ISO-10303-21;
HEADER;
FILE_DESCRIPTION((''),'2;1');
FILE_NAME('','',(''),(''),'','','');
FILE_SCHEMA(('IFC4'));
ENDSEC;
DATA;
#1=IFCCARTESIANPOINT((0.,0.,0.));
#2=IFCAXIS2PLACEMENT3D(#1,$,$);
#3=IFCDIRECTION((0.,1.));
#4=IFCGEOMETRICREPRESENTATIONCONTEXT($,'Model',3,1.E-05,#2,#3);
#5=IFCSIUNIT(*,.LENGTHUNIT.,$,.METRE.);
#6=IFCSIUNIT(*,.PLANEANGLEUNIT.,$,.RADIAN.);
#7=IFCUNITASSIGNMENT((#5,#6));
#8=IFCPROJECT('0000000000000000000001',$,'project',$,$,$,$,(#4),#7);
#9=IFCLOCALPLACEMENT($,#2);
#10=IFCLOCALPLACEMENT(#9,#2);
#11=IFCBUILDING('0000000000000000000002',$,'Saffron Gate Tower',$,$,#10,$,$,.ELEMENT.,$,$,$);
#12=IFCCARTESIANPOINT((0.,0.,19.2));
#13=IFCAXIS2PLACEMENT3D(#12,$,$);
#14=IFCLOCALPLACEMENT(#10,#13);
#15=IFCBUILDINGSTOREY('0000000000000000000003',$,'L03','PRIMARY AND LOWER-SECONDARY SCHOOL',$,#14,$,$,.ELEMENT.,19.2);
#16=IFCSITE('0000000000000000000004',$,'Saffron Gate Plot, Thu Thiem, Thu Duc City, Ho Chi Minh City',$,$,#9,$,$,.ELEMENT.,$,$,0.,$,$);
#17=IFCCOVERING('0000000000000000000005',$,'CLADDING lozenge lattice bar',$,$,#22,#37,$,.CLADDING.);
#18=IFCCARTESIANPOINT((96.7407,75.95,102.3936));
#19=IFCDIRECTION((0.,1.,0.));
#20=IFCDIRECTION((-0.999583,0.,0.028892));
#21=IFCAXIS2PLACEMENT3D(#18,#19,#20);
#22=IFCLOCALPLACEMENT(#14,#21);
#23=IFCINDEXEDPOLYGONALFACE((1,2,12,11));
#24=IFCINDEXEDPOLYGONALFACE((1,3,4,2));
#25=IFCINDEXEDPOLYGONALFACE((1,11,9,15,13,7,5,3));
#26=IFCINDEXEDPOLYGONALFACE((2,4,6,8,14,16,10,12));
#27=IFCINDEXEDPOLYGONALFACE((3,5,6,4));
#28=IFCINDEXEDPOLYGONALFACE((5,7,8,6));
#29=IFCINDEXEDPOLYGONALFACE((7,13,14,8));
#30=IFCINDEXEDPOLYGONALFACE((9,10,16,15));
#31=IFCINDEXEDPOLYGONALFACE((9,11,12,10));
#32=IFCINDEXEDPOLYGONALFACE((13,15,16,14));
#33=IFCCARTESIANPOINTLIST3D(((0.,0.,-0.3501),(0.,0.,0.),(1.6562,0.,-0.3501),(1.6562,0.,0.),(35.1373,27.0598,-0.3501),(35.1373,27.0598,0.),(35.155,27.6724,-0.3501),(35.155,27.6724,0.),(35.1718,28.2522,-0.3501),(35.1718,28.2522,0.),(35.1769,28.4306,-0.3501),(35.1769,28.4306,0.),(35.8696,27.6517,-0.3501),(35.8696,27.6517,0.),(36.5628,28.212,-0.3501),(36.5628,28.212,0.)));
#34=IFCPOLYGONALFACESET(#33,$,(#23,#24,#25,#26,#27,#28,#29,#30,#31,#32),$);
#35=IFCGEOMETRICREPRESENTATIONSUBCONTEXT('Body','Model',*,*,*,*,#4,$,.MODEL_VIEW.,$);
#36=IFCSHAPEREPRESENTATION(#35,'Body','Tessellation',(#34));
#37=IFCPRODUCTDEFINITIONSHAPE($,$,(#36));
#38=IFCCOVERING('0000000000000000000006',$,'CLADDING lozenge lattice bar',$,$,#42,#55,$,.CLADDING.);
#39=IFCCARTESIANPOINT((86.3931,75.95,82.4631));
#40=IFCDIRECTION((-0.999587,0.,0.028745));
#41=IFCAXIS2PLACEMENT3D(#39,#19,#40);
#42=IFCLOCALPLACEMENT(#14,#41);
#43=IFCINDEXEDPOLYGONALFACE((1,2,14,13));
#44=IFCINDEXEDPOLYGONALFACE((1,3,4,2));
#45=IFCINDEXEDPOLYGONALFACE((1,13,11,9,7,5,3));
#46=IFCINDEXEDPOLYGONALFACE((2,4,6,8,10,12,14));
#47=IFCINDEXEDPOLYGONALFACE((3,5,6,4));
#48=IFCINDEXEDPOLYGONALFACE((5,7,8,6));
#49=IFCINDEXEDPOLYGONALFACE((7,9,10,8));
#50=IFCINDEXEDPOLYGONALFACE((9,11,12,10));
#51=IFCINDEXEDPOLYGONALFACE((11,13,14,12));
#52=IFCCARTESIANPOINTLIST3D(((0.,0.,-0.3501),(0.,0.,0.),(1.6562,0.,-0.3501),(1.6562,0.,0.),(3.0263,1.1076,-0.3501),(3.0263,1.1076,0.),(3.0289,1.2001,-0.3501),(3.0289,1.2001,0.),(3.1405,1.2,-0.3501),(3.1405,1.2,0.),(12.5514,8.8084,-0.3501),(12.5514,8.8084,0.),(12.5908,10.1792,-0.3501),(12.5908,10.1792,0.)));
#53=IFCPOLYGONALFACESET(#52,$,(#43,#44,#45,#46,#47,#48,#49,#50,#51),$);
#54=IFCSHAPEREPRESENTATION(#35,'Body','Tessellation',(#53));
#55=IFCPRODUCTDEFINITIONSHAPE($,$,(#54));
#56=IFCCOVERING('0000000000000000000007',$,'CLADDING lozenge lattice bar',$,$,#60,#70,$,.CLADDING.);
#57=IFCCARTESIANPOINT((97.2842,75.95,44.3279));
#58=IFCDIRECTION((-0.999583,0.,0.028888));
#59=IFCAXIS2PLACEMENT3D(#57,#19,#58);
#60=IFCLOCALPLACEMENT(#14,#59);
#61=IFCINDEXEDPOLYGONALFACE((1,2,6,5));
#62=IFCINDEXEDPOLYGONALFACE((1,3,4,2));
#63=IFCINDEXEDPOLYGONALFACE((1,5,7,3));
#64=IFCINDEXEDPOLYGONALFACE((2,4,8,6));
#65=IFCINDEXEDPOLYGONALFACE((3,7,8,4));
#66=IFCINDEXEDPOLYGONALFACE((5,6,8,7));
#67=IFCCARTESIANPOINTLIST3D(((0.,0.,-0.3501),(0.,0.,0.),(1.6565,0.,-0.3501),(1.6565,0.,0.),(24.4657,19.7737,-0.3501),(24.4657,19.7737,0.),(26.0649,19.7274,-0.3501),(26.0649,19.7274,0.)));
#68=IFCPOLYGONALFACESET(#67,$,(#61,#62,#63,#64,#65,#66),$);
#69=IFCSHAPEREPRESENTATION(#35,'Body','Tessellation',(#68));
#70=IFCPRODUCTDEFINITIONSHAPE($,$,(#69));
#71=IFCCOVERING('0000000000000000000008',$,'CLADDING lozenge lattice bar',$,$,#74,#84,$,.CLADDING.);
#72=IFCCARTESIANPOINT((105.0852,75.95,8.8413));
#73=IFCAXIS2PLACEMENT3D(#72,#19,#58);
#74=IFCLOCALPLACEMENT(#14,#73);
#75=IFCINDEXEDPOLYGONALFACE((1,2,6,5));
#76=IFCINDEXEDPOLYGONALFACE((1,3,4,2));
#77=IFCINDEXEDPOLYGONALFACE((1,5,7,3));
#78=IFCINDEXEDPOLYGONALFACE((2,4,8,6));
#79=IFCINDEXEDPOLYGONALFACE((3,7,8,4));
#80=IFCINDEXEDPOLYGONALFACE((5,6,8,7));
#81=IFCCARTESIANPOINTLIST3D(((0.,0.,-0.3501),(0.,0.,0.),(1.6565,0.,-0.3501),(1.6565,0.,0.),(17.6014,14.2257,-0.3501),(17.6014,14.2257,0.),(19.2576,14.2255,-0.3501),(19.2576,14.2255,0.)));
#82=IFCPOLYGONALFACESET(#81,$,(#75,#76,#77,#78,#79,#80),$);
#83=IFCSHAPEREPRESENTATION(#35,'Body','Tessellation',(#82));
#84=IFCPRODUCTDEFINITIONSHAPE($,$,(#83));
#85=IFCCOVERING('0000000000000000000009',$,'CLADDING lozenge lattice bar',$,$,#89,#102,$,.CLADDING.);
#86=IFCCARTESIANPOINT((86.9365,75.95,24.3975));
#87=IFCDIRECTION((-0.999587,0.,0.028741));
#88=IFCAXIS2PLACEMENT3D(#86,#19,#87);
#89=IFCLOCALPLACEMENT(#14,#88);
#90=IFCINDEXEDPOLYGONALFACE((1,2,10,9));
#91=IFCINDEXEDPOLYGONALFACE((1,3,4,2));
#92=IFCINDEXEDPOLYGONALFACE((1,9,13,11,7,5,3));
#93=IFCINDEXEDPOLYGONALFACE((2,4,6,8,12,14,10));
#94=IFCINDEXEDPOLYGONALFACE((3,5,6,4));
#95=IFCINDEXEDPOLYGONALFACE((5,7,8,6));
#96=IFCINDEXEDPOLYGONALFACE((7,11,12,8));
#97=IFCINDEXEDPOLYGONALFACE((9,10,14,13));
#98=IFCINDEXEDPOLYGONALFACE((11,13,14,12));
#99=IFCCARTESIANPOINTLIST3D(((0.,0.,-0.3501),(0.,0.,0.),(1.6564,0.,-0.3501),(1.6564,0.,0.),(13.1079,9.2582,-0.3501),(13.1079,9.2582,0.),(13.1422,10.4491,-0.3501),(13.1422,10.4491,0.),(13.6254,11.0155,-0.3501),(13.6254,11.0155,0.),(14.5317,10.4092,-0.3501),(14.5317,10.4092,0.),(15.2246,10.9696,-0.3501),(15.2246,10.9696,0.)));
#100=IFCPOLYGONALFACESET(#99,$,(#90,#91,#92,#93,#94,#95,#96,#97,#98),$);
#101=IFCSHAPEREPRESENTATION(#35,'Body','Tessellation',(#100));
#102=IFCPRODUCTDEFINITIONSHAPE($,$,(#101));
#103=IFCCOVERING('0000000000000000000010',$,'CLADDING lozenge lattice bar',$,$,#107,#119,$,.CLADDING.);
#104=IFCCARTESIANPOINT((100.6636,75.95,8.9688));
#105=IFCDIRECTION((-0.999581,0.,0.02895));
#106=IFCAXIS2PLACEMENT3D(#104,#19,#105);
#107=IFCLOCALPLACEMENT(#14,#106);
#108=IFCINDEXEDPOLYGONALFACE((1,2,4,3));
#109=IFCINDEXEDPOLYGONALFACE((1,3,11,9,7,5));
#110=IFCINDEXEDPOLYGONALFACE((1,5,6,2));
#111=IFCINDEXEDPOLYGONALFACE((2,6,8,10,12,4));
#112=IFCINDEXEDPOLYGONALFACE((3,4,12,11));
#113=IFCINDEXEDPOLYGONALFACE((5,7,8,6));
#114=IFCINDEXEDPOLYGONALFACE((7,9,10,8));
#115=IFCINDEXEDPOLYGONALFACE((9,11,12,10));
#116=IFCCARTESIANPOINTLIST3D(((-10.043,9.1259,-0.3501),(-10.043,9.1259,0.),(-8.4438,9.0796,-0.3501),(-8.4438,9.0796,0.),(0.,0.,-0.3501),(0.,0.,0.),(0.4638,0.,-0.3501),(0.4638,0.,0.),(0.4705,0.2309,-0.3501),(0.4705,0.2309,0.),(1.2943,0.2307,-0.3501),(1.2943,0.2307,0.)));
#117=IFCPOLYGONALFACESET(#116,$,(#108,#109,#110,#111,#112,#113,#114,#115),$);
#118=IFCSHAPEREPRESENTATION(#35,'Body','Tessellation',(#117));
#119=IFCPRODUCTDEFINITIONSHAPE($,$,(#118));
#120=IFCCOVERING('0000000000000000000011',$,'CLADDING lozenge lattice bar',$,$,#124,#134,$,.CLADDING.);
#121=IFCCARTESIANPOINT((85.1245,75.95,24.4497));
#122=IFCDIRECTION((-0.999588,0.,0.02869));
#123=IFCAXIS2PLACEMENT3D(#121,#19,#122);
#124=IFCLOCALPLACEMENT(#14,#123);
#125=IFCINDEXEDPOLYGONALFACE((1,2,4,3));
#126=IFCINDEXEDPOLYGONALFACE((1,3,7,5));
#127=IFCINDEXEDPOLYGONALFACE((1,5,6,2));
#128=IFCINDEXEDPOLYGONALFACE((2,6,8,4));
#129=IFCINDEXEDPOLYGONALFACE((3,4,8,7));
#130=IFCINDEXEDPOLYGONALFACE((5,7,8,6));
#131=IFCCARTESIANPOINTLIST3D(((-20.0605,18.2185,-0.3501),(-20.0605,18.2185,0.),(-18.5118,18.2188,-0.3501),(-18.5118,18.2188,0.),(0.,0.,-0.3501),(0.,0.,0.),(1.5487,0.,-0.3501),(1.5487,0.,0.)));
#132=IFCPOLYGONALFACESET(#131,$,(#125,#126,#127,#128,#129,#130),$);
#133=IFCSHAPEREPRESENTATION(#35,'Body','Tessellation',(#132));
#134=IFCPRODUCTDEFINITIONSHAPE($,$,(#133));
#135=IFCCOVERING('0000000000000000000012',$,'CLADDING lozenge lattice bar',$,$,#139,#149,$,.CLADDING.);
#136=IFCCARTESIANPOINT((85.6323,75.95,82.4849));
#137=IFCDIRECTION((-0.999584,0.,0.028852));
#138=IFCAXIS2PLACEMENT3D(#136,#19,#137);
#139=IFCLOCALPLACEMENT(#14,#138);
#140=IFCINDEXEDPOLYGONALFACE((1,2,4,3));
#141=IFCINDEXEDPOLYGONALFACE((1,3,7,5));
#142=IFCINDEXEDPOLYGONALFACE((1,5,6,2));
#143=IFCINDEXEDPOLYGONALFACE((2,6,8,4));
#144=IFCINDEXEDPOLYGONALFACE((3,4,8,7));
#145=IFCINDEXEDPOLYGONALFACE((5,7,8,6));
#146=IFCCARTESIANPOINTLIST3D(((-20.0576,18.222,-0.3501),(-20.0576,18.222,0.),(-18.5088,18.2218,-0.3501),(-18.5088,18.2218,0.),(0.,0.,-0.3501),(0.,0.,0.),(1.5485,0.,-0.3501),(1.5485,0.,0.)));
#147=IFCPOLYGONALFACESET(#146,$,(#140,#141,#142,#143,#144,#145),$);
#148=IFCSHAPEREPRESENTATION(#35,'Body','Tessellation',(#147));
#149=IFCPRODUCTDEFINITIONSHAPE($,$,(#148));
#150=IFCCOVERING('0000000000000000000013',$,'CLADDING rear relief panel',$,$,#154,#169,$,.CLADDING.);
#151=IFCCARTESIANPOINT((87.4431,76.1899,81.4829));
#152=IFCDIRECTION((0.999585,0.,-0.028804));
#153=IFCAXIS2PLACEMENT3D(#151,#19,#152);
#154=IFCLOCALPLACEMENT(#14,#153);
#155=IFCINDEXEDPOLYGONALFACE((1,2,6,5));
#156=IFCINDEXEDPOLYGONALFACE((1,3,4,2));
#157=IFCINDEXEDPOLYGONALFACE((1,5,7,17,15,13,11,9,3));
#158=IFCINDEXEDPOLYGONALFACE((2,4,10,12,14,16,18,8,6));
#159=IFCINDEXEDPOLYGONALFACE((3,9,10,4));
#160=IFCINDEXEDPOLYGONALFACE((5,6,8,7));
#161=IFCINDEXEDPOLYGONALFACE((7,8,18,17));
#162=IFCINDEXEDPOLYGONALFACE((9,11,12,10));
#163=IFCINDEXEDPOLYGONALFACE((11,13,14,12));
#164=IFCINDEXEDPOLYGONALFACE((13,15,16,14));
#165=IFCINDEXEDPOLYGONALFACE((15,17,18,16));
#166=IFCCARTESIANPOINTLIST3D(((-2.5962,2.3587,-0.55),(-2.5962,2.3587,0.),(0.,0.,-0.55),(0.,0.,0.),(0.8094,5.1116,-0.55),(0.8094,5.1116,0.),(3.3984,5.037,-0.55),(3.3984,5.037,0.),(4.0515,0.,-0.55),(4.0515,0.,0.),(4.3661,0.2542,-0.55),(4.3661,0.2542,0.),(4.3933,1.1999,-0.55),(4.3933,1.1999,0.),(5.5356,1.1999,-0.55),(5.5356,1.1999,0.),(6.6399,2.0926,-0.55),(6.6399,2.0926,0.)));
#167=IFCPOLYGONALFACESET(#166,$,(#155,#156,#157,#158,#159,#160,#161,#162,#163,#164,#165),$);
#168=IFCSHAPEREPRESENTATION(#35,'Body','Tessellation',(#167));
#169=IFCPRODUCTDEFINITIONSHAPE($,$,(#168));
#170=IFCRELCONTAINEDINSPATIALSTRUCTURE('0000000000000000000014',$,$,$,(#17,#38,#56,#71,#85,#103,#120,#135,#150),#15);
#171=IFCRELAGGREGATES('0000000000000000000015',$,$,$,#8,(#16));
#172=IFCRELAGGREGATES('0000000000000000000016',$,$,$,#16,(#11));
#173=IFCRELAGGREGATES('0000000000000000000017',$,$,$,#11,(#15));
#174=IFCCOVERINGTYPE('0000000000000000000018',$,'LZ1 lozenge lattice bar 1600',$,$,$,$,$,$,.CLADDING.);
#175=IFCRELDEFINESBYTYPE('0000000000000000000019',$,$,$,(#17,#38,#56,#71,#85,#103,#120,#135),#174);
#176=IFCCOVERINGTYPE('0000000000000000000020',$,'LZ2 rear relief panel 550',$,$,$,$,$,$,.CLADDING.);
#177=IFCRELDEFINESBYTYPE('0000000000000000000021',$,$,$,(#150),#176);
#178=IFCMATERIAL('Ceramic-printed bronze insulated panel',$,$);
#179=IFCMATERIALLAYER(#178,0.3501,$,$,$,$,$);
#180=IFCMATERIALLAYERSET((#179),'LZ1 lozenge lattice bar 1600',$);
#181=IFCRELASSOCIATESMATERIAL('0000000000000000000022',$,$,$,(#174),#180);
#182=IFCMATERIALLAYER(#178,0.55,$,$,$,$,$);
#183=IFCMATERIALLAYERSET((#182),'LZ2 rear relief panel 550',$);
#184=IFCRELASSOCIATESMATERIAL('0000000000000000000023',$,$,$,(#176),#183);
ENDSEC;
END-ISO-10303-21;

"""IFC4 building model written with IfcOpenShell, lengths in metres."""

from ifc_helpers import new_model, si_unit, direction, frame, origin, place, context, subcontext, project, spatial, polyline, outline, extrude, material, layer, layer_set, type_object, element, save


model = new_model("IFC4")

# Units and contexts
model_context = context("Model", 3, precision=1e-05, world=origin(), true_north=direction((0.0, 1.0)))
body_context = subcontext(model_context, "Body", "Model", "MODEL_VIEW")
ifc_project = project(units=[si_unit("LENGTHUNIT", "METRE"), si_unit("PLANEANGLEUNIT", "RADIAN")], contexts=[model_context])

# Site, building, storey
site_placement = place(None, origin())
site = spatial("IfcSite", under=ifc_project, at=site_placement, Name="Saffron Gate Plot, Thu Thiem, Thu Duc City, Ho Chi Minh City", CompositionType="ELEMENT", RefElevation=0.0)
building_placement = place(site_placement, origin())
building = spatial("IfcBuilding", under=site, at=building_placement, Name="Saffron Gate Tower", CompositionType="ELEMENT")
storey_placement = place(building_placement, frame((0.0, 0.0, 19.2)))
storey = spatial("IfcBuildingStorey", under=building, at=storey_placement, Name="L03", Description="PRIMARY AND LOWER-SECONDARY SCHOOL", CompositionType="ELEMENT", Elevation=19.2)

# Coverings
ifc_material = material(Name="Ceramic-printed bronze insulated panel")
ifc_layer_1 = layer(ifc_material, 0.3501)
ifc_layer_set_1 = layer_set([ifc_layer_1], Name="LZ1 lozenge lattice bar 1600")
covering_type_1 = type_object("IfcCoveringType", Name="LZ1 lozenge lattice bar 1600", PredefinedType="CLADDING", material=ifc_layer_set_1)
covering_1_placement = place(storey_placement, frame((96.7407, 75.95, 102.3936), z_axis=(0.0, 1.0, 0.0), x_axis=(-0.999583, 0.0, 0.028892)))
element("IfcCovering", 1, at=covering_1_placement, inside=storey, type_object=covering_type_1, Name="CLADDING lozenge lattice bar", PredefinedType="CLADDING", context=body_context, shape_type="SweptSolid", body=[
    extrude(outline(polyline([(0.0, 0.0), (1.6562, 0.0), (35.1373, 27.0598), (35.155, 27.6724), (35.8696, 27.6517), (36.5628, 28.212), (35.1718, 28.2522), (35.1769, 28.4306), (0.0, 0.0)])), origin(), (0.0, 0.0, -1.0), 0.3501),
])
covering_2_placement = place(storey_placement, frame((86.3931, 75.95, 82.4631), z_axis=(0.0, 1.0, 0.0), x_axis=(-0.999587, 0.0, 0.028745)))
element("IfcCovering", 2, at=covering_2_placement, inside=storey, type_object=covering_type_1, Name="CLADDING lozenge lattice bar", PredefinedType="CLADDING", context=body_context, shape_type="SweptSolid", body=[
    extrude(outline(polyline([(0.0, 0.0), (1.6562, 0.0), (3.0263, 1.1076), (3.0289, 1.2001), (3.1405, 1.2), (12.5514, 8.8084), (12.5908, 10.1792), (0.0, 0.0)])), origin(), (0.0, 0.0, -1.0), 0.3501),
])
covering_3_placement = place(storey_placement, frame((97.2842, 75.95, 44.3279), z_axis=(0.0, 1.0, 0.0), x_axis=(-0.999583, 0.0, 0.028888)))
element("IfcCovering", 3, at=covering_3_placement, inside=storey, type_object=covering_type_1, Name="CLADDING lozenge lattice bar", PredefinedType="CLADDING", context=body_context, shape_type="SweptSolid", body=[
    extrude(outline(polyline([(0.0, 0.0), (1.6565, 0.0), (26.0649, 19.7274), (24.4657, 19.7737), (0.0, 0.0)])), origin(), (0.0, 0.0, -1.0), 0.3501),
])
covering_4_placement = place(storey_placement, frame((105.0852, 75.95, 8.8413), z_axis=(0.0, 1.0, 0.0), x_axis=(-0.999583, 0.0, 0.028888)))
element("IfcCovering", 4, at=covering_4_placement, inside=storey, type_object=covering_type_1, Name="CLADDING lozenge lattice bar", PredefinedType="CLADDING", context=body_context, shape_type="SweptSolid", body=[
    extrude(outline(polyline([(0.0, 0.0), (1.6565, 0.0), (19.2576, 14.2255), (17.6014, 14.2257), (0.0, 0.0)])), origin(), (0.0, 0.0, -1.0), 0.3501),
])
covering_5_placement = place(storey_placement, frame((86.9365, 75.95, 24.3975), z_axis=(0.0, 1.0, 0.0), x_axis=(-0.999587, 0.0, 0.028741)))
element("IfcCovering", 5, at=covering_5_placement, inside=storey, type_object=covering_type_1, Name="CLADDING lozenge lattice bar", PredefinedType="CLADDING", context=body_context, shape_type="SweptSolid", body=[
    extrude(outline(polyline([(0.0, 0.0), (1.6564, 0.0), (13.1079, 9.2582), (13.1422, 10.4491), (14.5317, 10.4092), (15.2246, 10.9696), (13.6254, 11.0155), (0.0, 0.0)])), origin(), (0.0, 0.0, -1.0), 0.3501),
])
covering_6_placement = place(storey_placement, frame((100.6636, 75.95, 8.9688), z_axis=(0.0, 1.0, 0.0), x_axis=(-0.999581, 0.0, 0.02895)))
element("IfcCovering", 6, at=covering_6_placement, inside=storey, type_object=covering_type_1, Name="CLADDING lozenge lattice bar", PredefinedType="CLADDING", context=body_context, shape_type="SweptSolid", body=[
    extrude(outline(polyline([(0.0, 0.0), (0.4638, 0.0), (0.4705, 0.2309), (1.2943, 0.2307), (-8.4438, 9.0796), (-10.043, 9.1259), (0.0, 0.0)])), origin(), (0.0, 0.0, -1.0), 0.3501),
])
covering_7_placement = place(storey_placement, frame((85.1245, 75.95, 24.4497), z_axis=(0.0, 1.0, 0.0), x_axis=(-0.999588, 0.0, 0.02869)))
element("IfcCovering", 7, at=covering_7_placement, inside=storey, type_object=covering_type_1, Name="CLADDING lozenge lattice bar", PredefinedType="CLADDING", context=body_context, shape_type="SweptSolid", body=[
    extrude(outline(polyline([(0.0, 0.0), (1.5487, 0.0), (-18.5118, 18.2188), (-20.0605, 18.2185), (0.0, 0.0)])), origin(), (0.0, 0.0, -1.0), 0.3501),
])
covering_8_placement = place(storey_placement, frame((85.6323, 75.95, 82.4849), z_axis=(0.0, 1.0, 0.0), x_axis=(-0.999584, 0.0, 0.028852)))
element("IfcCovering", 8, at=covering_8_placement, inside=storey, type_object=covering_type_1, Name="CLADDING lozenge lattice bar", PredefinedType="CLADDING", context=body_context, shape_type="SweptSolid", body=[
    extrude(outline(polyline([(0.0, 0.0), (1.5485, 0.0), (-18.5088, 18.2218), (-20.0576, 18.222), (0.0, 0.0)])), origin(), (0.0, 0.0, -1.0), 0.3501),
])
ifc_layer_2 = layer(ifc_material, 0.55)
ifc_layer_set_2 = layer_set([ifc_layer_2], Name="LZ2 rear relief panel 550")
covering_type_2 = type_object("IfcCoveringType", Name="LZ2 rear relief panel 550", PredefinedType="CLADDING", material=ifc_layer_set_2)
covering_9_placement = place(storey_placement, frame((87.4431, 76.1899, 81.4829), z_axis=(0.0, 1.0, 0.0), x_axis=(0.999585, 0.0, -0.028804)))
element("IfcCovering", 9, at=covering_9_placement, inside=storey, type_object=covering_type_2, Name="CLADDING rear relief panel", PredefinedType="CLADDING", context=body_context, shape_type="SweptSolid", body=[
    extrude(outline(polyline([(0.0, 0.0), (4.0515, 0.0), (4.3661, 0.2542), (4.3933, 1.1999), (5.5356, 1.1999), (6.6399, 2.0926), (3.3984, 5.037), (0.8094, 5.1116), (-2.5962, 2.3587), (0.0, 0.0)])), origin(), (0.0, 0.0, -1.0), 0.55),
])

save(model, "model.ifc")
